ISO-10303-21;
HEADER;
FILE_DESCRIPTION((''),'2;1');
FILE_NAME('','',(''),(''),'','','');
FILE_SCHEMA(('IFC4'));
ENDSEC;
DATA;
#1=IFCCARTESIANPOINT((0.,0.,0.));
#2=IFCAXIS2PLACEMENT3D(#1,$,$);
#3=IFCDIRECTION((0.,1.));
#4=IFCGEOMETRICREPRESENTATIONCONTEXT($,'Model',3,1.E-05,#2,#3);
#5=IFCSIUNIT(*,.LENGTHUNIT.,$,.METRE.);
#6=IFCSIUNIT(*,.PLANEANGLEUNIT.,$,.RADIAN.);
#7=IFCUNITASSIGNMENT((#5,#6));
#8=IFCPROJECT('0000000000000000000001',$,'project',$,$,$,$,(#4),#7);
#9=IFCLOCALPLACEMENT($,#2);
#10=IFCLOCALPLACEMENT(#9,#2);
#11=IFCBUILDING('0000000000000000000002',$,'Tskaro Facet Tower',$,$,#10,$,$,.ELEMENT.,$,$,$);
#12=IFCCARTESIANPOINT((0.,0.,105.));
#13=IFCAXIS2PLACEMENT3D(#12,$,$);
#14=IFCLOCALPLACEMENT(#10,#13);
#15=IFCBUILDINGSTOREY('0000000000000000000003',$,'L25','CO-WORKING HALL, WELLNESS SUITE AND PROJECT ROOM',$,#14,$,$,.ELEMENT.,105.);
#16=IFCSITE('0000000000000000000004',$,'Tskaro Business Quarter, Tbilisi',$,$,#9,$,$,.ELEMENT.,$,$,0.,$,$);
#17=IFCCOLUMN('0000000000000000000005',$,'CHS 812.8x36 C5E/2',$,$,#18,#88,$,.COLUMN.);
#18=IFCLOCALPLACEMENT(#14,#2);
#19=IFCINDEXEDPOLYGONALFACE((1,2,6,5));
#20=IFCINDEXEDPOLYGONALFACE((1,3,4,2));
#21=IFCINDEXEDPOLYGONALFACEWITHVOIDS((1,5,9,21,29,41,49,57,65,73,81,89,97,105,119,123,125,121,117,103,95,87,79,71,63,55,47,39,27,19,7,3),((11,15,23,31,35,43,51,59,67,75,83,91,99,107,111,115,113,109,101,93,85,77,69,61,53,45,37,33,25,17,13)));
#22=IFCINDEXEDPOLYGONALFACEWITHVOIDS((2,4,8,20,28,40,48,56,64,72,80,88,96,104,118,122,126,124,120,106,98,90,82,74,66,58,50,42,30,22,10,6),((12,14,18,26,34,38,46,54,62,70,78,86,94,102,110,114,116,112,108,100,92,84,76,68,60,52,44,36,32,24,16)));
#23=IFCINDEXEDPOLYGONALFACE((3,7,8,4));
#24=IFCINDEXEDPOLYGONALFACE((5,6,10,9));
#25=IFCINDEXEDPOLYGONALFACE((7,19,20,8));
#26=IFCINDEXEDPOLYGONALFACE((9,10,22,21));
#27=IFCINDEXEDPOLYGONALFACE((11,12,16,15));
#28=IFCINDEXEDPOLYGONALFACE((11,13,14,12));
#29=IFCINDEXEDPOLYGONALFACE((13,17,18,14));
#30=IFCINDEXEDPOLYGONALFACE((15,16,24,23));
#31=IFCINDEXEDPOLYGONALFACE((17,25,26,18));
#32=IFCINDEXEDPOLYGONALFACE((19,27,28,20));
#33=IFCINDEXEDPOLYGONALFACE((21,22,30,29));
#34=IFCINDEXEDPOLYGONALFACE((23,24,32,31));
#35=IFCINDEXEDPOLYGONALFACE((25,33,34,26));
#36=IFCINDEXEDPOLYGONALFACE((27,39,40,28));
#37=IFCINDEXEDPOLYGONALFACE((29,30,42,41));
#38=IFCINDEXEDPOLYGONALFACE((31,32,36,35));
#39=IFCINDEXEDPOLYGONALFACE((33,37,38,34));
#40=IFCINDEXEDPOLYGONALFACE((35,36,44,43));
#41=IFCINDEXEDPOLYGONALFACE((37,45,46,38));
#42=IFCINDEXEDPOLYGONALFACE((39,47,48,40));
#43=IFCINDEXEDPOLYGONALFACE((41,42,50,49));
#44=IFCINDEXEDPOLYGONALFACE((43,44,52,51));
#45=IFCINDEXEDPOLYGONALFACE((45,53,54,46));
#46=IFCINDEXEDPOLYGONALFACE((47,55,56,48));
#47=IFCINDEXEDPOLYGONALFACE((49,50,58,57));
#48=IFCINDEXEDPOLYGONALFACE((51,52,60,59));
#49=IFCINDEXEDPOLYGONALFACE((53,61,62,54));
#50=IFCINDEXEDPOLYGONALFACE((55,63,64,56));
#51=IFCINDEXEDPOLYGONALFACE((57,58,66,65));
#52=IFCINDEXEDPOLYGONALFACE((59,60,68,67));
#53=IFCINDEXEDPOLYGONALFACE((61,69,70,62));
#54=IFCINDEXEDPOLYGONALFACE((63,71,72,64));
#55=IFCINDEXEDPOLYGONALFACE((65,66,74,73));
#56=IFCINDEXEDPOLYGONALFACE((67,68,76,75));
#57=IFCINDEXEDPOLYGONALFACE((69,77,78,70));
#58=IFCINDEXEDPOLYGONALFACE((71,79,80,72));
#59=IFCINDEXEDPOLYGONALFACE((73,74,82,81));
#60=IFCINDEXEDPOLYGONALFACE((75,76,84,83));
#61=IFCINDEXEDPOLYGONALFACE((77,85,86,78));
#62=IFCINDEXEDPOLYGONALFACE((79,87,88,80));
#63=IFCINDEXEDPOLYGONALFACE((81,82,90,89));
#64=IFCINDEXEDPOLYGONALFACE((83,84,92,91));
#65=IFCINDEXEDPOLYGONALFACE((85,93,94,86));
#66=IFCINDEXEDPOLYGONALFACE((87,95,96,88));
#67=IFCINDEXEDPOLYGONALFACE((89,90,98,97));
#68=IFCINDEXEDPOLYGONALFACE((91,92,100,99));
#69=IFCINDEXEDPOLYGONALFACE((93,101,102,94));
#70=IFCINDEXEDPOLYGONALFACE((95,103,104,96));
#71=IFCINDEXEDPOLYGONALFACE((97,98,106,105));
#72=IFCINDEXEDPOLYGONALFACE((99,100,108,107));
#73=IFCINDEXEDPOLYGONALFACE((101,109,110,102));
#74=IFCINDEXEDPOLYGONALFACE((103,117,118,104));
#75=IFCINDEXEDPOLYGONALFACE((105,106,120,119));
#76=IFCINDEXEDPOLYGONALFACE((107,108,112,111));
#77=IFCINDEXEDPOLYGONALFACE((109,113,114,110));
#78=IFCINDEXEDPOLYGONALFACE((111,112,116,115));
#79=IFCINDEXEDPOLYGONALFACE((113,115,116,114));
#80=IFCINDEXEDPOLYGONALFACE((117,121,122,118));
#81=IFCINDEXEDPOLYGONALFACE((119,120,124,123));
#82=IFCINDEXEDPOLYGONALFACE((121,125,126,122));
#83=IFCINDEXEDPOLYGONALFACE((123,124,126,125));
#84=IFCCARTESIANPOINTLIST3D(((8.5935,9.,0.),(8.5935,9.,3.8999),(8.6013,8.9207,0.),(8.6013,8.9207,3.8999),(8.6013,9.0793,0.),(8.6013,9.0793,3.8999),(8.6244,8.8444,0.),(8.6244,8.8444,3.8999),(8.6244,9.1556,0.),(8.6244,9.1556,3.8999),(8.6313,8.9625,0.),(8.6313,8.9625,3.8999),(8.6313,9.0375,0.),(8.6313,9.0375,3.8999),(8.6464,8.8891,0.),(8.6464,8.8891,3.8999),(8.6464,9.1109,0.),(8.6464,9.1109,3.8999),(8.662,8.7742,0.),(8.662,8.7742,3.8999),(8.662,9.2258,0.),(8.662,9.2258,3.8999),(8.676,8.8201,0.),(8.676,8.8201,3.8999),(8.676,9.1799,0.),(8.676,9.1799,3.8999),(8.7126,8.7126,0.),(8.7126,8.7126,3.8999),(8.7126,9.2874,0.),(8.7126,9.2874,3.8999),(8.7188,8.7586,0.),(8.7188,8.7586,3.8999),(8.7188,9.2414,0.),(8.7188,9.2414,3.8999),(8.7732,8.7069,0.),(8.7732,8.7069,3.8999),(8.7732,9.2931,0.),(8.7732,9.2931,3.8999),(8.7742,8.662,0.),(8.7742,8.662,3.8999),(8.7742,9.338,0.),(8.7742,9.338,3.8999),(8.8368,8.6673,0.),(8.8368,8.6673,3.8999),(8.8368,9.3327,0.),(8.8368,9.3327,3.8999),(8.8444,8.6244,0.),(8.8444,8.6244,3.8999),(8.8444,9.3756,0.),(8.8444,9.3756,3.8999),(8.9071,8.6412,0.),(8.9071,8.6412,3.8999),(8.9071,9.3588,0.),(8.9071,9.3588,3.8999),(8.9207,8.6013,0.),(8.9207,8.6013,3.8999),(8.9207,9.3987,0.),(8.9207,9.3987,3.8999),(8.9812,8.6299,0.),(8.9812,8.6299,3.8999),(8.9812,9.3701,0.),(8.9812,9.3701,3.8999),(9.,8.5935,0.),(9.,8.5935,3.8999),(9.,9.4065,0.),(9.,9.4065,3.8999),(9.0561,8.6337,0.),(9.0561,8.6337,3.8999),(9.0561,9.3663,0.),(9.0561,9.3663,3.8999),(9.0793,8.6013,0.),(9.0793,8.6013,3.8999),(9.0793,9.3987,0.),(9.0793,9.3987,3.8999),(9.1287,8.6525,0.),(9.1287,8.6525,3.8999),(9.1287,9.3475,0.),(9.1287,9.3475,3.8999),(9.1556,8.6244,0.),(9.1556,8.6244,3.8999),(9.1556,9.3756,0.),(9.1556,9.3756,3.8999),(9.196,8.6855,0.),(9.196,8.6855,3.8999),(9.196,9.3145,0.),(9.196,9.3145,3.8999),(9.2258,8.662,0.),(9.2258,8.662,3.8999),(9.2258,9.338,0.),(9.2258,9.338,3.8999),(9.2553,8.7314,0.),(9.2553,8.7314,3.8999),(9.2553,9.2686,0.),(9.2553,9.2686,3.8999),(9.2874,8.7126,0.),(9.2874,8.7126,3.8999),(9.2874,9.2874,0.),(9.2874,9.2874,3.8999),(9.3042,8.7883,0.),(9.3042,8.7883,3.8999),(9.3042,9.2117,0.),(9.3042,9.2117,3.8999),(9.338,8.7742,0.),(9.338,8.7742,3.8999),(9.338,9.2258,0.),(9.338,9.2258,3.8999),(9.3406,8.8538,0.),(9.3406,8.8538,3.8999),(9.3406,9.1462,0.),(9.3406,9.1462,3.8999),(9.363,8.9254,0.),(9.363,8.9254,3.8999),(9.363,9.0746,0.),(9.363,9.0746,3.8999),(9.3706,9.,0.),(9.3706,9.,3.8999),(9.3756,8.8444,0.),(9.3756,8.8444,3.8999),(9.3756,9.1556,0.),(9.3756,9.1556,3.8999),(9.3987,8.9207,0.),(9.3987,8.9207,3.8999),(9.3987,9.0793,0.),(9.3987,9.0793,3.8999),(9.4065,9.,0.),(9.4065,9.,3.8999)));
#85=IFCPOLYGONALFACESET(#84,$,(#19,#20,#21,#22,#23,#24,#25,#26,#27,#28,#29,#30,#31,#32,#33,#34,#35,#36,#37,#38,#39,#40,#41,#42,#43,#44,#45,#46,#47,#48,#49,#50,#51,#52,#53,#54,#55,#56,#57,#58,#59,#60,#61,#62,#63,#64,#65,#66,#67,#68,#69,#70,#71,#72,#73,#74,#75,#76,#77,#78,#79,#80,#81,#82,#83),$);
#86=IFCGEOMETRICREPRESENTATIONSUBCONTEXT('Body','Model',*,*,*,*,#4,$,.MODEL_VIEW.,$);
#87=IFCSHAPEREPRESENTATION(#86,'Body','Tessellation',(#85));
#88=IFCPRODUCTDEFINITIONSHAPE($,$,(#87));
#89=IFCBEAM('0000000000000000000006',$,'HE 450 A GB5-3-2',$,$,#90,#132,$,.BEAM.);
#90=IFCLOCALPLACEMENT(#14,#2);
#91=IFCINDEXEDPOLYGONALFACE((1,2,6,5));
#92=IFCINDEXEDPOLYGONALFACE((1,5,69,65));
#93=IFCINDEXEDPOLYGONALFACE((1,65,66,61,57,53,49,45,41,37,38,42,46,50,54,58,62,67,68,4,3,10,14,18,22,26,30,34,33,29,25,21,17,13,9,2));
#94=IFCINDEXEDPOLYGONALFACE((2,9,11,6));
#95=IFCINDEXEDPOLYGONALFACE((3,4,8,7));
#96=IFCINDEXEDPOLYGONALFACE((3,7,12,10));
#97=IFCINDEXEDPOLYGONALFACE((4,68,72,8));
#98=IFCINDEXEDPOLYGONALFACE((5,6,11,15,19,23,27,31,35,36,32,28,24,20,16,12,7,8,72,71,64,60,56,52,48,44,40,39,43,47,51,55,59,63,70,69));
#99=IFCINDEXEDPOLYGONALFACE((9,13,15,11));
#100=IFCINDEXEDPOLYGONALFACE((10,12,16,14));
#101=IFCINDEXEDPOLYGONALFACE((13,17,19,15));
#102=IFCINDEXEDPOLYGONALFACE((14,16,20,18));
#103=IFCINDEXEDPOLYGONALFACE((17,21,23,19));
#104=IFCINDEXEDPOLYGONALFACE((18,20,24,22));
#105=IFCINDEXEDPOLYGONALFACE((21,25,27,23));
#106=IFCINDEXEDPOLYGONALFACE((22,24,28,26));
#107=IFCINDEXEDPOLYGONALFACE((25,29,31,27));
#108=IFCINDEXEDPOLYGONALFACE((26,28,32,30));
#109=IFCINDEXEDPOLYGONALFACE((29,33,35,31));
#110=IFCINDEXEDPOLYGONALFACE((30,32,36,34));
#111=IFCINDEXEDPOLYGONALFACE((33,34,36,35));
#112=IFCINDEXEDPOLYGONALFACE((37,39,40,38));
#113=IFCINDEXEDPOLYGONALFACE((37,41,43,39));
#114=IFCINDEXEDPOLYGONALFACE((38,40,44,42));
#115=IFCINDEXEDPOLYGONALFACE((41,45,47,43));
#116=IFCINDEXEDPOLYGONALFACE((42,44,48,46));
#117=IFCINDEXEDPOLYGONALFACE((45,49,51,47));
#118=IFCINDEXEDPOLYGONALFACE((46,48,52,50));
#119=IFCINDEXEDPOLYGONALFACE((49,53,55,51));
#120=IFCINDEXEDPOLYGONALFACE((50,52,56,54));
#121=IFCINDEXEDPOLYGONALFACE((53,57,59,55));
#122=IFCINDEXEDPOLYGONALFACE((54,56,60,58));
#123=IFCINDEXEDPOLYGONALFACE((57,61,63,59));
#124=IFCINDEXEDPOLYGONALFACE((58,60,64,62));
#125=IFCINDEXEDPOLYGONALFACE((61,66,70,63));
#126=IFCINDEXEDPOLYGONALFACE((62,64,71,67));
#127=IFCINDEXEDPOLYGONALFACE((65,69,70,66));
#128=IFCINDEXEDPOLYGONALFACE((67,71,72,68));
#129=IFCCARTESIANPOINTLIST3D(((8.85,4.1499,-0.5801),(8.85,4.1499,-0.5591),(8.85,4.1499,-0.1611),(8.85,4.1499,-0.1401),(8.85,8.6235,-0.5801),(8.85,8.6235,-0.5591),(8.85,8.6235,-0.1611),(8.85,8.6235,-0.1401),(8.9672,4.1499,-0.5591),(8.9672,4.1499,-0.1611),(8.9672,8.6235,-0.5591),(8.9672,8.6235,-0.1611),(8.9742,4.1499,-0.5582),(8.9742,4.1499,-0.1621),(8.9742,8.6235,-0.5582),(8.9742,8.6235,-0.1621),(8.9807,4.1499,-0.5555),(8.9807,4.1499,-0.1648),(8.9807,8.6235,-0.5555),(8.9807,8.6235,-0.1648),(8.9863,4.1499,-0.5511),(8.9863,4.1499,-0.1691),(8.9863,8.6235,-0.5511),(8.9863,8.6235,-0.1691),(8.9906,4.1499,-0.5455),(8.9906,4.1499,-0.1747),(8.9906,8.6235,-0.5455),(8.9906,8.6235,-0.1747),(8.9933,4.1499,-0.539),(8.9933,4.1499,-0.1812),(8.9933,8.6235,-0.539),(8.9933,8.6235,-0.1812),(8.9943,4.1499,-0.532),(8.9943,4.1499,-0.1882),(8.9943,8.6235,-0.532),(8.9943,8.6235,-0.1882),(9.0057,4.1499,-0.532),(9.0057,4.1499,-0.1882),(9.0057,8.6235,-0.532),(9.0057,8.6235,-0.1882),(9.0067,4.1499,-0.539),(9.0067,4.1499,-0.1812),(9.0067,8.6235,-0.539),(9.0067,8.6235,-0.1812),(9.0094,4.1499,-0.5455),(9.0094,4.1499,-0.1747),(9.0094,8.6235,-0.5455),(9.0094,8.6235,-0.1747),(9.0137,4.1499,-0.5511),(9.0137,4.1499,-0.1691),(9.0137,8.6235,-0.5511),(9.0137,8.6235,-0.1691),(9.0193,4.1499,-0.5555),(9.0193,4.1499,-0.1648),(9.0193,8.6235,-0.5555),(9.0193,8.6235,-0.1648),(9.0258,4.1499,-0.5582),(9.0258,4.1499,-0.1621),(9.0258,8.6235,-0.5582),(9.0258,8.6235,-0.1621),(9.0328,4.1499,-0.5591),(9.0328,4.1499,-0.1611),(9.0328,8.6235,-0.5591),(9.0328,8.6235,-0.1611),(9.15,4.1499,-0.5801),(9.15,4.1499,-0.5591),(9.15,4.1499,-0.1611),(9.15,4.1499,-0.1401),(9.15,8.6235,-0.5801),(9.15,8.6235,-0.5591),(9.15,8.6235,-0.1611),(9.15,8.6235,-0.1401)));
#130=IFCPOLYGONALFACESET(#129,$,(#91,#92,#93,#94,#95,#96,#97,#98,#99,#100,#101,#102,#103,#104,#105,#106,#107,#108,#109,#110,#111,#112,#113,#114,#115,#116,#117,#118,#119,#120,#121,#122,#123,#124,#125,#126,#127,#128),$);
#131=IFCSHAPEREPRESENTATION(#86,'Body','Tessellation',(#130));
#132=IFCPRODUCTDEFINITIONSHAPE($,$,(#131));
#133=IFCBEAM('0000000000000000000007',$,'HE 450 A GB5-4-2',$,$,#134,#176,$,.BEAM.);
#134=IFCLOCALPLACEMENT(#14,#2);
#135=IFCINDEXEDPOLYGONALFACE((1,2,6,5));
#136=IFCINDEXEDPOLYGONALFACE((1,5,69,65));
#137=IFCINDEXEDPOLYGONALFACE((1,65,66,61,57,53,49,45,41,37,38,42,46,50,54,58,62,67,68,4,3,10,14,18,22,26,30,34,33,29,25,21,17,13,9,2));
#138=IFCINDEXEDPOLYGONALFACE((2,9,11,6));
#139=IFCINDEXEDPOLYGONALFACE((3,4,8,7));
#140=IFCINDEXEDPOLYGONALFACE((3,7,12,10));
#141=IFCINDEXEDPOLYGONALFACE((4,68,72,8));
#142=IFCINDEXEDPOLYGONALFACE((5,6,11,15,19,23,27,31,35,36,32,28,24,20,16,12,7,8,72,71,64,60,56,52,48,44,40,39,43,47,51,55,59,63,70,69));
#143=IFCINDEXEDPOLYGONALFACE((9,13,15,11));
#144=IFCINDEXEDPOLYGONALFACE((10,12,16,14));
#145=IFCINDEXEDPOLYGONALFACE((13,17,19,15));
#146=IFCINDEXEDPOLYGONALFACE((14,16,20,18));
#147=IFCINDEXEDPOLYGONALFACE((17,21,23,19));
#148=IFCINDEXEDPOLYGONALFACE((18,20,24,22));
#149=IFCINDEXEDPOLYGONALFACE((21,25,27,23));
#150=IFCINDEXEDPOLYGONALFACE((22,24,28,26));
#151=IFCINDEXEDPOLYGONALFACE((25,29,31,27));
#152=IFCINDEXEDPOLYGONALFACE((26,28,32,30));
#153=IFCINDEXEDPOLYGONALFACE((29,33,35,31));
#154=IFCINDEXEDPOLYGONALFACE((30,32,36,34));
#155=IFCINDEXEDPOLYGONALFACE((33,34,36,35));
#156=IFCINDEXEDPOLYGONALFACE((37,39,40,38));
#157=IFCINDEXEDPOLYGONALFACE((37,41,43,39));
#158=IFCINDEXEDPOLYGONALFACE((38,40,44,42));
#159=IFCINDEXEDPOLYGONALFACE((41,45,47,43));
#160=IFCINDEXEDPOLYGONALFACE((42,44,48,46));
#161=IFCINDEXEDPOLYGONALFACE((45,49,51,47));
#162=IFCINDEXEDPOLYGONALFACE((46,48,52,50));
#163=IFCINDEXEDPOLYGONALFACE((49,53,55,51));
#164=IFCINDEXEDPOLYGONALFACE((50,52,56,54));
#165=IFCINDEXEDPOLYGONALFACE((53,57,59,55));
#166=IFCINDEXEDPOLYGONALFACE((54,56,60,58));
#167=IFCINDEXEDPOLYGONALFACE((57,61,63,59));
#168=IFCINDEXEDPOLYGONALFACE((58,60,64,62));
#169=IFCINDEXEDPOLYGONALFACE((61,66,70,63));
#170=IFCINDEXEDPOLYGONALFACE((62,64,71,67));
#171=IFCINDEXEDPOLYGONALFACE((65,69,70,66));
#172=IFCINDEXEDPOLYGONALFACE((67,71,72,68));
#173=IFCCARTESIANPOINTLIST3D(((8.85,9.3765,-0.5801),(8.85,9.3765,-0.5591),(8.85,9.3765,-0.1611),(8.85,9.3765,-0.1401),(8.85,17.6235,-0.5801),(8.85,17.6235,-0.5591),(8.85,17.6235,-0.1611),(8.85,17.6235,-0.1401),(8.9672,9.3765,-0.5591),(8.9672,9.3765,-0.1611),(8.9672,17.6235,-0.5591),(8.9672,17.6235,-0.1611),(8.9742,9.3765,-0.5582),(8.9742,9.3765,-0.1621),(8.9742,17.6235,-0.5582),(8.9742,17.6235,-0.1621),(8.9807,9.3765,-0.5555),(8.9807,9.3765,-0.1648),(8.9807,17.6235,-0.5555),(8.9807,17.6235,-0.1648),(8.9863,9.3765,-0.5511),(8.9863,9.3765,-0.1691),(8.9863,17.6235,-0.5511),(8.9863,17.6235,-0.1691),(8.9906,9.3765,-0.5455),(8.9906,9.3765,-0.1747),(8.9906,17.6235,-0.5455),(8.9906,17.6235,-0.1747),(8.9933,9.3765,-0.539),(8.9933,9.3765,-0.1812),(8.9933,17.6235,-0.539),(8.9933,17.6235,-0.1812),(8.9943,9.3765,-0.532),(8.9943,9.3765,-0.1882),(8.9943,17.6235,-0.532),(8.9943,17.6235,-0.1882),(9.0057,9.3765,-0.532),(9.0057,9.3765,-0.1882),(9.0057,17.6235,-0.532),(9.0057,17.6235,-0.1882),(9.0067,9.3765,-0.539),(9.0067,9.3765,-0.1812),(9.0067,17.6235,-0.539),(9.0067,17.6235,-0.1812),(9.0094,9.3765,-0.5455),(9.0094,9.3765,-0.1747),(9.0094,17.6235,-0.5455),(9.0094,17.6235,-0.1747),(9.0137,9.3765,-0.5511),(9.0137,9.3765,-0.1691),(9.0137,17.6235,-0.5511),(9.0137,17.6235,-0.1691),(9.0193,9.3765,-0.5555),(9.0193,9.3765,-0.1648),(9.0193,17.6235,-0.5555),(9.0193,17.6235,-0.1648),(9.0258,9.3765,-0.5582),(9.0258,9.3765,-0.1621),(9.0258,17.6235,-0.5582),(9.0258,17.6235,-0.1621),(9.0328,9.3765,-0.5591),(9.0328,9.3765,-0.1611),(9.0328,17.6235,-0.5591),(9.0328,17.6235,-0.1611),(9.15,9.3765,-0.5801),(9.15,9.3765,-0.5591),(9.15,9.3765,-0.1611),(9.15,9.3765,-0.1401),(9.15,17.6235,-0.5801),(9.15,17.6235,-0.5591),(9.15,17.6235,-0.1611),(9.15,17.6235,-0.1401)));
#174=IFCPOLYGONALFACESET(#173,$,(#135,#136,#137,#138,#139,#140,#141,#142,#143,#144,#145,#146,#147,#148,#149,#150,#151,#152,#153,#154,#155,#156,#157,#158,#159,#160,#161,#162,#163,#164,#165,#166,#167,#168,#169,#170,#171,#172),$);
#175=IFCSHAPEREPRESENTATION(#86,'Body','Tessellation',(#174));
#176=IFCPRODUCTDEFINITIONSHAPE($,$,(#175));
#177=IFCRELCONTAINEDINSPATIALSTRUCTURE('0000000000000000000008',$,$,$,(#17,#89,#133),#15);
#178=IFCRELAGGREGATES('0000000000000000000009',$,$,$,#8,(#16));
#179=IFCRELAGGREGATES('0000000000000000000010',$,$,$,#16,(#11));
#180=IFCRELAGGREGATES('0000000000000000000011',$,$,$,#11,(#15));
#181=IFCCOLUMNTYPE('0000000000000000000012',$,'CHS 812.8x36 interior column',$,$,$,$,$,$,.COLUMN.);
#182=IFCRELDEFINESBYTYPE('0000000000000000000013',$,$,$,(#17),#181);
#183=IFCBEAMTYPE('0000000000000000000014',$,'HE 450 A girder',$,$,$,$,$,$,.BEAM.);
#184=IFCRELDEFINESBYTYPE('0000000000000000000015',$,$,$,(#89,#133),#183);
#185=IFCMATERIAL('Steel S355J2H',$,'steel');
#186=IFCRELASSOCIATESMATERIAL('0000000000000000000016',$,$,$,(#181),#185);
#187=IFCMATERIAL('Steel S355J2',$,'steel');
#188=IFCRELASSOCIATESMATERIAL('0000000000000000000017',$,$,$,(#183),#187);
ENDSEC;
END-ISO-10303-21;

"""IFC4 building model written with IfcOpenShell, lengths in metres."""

from ifc_helpers import new_model, si_unit, direction, frame, origin, origin_2d, place, context, subcontext, project, spatial, hollow_circle, i_section, extrude, material, material_profile, profile_set, type_object, element, save


model = new_model("IFC4")

# Units and contexts
model_context = context("Model", 3, precision=1e-05, world=origin(), true_north=direction((0.0, 1.0)))
body_context = subcontext(model_context, "Body", "Model", "MODEL_VIEW")
ifc_project = project(units=[si_unit("LENGTHUNIT", "METRE"), si_unit("PLANEANGLEUNIT", "RADIAN")], contexts=[model_context])

# Site, building, storey
site_placement = place(None, origin())
site = spatial("IfcSite", under=ifc_project, at=site_placement, Name="Tskaro Business Quarter, Tbilisi", CompositionType="ELEMENT", RefElevation=0.0)
building_placement = place(site_placement, origin())
building = spatial("IfcBuilding", under=site, at=building_placement, Name="Tskaro Facet Tower", CompositionType="ELEMENT")
storey_placement = place(building_placement, frame((0.0, 0.0, 105.0)))
storey = spatial("IfcBuildingStorey", under=building, at=storey_placement, Name="L25", Description="CO-WORKING HALL, WELLNESS SUITE AND PROJECT ROOM", CompositionType="ELEMENT", Elevation=105.0)

# Column
ifc_material_1 = material(Name="Steel S355J2H", Category="steel")
ifc_material_profile_1 = material_profile(ifc_material_1, hollow_circle(Radius=0.4065, WallThickness=0.0359, at=origin_2d()), Name="CHS 812.8x36")
ifc_profile_set_1 = profile_set([ifc_material_profile_1], Name="Steel S355J2H")
column_type = type_object("IfcColumnType", Name="CHS 812.8x36 interior column", PredefinedType="COLUMN", material=ifc_profile_set_1)
column_placement = place(storey_placement, frame((9.0, 9.0, 0.0), z_axis=(0.0, 0.0, 1.0), x_axis=(1.0, 0.0, 0.0)))
element("IfcColumn", 1, at=column_placement, inside=storey, type_object=column_type, Name="CHS 812.8x36 C5E/2", PredefinedType="COLUMN", context=body_context, shape_type="SweptSolid", body=[
    extrude(hollow_circle(Radius=0.4065, WallThickness=0.0359, at=origin_2d()), origin(), (0.0, 0.0, 1.0), 3.8999),
])

# Beams
ifc_material_2 = material(Name="Steel S355J2", Category="steel")
ifc_material_profile_2 = material_profile(ifc_material_2, i_section(OverallWidth=0.3, OverallDepth=0.4399, WebThickness=0.0115, FlangeThickness=0.021, FilletRadius=0.0271, at=origin_2d()), Name="HE 450 A")
ifc_profile_set_2 = profile_set([ifc_material_profile_2], Name="Steel S355J2")
beam_type_1 = type_object("IfcBeamType", Name="HE 450 A girder", PredefinedType="BEAM", material=ifc_profile_set_2)
beam_1_placement = place(storey_placement, frame((9.0, 4.1499, -0.3601), z_axis=(0.0, 1.0, 0.0), x_axis=(-1.0, 0.0, 0.0)))
element("IfcBeam", 2, at=beam_1_placement, inside=storey, type_object=beam_type_1, Name="HE 450 A GB5-3-2", PredefinedType="BEAM", context=body_context, shape_type="SweptSolid", body=[
    extrude(i_section(OverallWidth=0.3, OverallDepth=0.4399, WebThickness=0.0115, FlangeThickness=0.021, FilletRadius=0.0271, at=origin_2d()), origin(), (0.0, 0.0, 1.0), 4.4736),
])
beam_2_placement = place(storey_placement, frame((9.0, 9.3765, -0.3601), z_axis=(0.0, 1.0, 0.0), x_axis=(-1.0, 0.0, 0.0)))
element("IfcBeam", 3, at=beam_2_placement, inside=storey, type_object=beam_type_1, Name="HE 450 A GB5-4-2", PredefinedType="BEAM", context=body_context, shape_type="SweptSolid", body=[
    extrude(i_section(OverallWidth=0.3, OverallDepth=0.4399, WebThickness=0.0115, FlangeThickness=0.021, FilletRadius=0.0271, at=origin_2d()), origin(), (0.0, 0.0, 1.0), 8.2471),
])

save(model, "model.ifc")
